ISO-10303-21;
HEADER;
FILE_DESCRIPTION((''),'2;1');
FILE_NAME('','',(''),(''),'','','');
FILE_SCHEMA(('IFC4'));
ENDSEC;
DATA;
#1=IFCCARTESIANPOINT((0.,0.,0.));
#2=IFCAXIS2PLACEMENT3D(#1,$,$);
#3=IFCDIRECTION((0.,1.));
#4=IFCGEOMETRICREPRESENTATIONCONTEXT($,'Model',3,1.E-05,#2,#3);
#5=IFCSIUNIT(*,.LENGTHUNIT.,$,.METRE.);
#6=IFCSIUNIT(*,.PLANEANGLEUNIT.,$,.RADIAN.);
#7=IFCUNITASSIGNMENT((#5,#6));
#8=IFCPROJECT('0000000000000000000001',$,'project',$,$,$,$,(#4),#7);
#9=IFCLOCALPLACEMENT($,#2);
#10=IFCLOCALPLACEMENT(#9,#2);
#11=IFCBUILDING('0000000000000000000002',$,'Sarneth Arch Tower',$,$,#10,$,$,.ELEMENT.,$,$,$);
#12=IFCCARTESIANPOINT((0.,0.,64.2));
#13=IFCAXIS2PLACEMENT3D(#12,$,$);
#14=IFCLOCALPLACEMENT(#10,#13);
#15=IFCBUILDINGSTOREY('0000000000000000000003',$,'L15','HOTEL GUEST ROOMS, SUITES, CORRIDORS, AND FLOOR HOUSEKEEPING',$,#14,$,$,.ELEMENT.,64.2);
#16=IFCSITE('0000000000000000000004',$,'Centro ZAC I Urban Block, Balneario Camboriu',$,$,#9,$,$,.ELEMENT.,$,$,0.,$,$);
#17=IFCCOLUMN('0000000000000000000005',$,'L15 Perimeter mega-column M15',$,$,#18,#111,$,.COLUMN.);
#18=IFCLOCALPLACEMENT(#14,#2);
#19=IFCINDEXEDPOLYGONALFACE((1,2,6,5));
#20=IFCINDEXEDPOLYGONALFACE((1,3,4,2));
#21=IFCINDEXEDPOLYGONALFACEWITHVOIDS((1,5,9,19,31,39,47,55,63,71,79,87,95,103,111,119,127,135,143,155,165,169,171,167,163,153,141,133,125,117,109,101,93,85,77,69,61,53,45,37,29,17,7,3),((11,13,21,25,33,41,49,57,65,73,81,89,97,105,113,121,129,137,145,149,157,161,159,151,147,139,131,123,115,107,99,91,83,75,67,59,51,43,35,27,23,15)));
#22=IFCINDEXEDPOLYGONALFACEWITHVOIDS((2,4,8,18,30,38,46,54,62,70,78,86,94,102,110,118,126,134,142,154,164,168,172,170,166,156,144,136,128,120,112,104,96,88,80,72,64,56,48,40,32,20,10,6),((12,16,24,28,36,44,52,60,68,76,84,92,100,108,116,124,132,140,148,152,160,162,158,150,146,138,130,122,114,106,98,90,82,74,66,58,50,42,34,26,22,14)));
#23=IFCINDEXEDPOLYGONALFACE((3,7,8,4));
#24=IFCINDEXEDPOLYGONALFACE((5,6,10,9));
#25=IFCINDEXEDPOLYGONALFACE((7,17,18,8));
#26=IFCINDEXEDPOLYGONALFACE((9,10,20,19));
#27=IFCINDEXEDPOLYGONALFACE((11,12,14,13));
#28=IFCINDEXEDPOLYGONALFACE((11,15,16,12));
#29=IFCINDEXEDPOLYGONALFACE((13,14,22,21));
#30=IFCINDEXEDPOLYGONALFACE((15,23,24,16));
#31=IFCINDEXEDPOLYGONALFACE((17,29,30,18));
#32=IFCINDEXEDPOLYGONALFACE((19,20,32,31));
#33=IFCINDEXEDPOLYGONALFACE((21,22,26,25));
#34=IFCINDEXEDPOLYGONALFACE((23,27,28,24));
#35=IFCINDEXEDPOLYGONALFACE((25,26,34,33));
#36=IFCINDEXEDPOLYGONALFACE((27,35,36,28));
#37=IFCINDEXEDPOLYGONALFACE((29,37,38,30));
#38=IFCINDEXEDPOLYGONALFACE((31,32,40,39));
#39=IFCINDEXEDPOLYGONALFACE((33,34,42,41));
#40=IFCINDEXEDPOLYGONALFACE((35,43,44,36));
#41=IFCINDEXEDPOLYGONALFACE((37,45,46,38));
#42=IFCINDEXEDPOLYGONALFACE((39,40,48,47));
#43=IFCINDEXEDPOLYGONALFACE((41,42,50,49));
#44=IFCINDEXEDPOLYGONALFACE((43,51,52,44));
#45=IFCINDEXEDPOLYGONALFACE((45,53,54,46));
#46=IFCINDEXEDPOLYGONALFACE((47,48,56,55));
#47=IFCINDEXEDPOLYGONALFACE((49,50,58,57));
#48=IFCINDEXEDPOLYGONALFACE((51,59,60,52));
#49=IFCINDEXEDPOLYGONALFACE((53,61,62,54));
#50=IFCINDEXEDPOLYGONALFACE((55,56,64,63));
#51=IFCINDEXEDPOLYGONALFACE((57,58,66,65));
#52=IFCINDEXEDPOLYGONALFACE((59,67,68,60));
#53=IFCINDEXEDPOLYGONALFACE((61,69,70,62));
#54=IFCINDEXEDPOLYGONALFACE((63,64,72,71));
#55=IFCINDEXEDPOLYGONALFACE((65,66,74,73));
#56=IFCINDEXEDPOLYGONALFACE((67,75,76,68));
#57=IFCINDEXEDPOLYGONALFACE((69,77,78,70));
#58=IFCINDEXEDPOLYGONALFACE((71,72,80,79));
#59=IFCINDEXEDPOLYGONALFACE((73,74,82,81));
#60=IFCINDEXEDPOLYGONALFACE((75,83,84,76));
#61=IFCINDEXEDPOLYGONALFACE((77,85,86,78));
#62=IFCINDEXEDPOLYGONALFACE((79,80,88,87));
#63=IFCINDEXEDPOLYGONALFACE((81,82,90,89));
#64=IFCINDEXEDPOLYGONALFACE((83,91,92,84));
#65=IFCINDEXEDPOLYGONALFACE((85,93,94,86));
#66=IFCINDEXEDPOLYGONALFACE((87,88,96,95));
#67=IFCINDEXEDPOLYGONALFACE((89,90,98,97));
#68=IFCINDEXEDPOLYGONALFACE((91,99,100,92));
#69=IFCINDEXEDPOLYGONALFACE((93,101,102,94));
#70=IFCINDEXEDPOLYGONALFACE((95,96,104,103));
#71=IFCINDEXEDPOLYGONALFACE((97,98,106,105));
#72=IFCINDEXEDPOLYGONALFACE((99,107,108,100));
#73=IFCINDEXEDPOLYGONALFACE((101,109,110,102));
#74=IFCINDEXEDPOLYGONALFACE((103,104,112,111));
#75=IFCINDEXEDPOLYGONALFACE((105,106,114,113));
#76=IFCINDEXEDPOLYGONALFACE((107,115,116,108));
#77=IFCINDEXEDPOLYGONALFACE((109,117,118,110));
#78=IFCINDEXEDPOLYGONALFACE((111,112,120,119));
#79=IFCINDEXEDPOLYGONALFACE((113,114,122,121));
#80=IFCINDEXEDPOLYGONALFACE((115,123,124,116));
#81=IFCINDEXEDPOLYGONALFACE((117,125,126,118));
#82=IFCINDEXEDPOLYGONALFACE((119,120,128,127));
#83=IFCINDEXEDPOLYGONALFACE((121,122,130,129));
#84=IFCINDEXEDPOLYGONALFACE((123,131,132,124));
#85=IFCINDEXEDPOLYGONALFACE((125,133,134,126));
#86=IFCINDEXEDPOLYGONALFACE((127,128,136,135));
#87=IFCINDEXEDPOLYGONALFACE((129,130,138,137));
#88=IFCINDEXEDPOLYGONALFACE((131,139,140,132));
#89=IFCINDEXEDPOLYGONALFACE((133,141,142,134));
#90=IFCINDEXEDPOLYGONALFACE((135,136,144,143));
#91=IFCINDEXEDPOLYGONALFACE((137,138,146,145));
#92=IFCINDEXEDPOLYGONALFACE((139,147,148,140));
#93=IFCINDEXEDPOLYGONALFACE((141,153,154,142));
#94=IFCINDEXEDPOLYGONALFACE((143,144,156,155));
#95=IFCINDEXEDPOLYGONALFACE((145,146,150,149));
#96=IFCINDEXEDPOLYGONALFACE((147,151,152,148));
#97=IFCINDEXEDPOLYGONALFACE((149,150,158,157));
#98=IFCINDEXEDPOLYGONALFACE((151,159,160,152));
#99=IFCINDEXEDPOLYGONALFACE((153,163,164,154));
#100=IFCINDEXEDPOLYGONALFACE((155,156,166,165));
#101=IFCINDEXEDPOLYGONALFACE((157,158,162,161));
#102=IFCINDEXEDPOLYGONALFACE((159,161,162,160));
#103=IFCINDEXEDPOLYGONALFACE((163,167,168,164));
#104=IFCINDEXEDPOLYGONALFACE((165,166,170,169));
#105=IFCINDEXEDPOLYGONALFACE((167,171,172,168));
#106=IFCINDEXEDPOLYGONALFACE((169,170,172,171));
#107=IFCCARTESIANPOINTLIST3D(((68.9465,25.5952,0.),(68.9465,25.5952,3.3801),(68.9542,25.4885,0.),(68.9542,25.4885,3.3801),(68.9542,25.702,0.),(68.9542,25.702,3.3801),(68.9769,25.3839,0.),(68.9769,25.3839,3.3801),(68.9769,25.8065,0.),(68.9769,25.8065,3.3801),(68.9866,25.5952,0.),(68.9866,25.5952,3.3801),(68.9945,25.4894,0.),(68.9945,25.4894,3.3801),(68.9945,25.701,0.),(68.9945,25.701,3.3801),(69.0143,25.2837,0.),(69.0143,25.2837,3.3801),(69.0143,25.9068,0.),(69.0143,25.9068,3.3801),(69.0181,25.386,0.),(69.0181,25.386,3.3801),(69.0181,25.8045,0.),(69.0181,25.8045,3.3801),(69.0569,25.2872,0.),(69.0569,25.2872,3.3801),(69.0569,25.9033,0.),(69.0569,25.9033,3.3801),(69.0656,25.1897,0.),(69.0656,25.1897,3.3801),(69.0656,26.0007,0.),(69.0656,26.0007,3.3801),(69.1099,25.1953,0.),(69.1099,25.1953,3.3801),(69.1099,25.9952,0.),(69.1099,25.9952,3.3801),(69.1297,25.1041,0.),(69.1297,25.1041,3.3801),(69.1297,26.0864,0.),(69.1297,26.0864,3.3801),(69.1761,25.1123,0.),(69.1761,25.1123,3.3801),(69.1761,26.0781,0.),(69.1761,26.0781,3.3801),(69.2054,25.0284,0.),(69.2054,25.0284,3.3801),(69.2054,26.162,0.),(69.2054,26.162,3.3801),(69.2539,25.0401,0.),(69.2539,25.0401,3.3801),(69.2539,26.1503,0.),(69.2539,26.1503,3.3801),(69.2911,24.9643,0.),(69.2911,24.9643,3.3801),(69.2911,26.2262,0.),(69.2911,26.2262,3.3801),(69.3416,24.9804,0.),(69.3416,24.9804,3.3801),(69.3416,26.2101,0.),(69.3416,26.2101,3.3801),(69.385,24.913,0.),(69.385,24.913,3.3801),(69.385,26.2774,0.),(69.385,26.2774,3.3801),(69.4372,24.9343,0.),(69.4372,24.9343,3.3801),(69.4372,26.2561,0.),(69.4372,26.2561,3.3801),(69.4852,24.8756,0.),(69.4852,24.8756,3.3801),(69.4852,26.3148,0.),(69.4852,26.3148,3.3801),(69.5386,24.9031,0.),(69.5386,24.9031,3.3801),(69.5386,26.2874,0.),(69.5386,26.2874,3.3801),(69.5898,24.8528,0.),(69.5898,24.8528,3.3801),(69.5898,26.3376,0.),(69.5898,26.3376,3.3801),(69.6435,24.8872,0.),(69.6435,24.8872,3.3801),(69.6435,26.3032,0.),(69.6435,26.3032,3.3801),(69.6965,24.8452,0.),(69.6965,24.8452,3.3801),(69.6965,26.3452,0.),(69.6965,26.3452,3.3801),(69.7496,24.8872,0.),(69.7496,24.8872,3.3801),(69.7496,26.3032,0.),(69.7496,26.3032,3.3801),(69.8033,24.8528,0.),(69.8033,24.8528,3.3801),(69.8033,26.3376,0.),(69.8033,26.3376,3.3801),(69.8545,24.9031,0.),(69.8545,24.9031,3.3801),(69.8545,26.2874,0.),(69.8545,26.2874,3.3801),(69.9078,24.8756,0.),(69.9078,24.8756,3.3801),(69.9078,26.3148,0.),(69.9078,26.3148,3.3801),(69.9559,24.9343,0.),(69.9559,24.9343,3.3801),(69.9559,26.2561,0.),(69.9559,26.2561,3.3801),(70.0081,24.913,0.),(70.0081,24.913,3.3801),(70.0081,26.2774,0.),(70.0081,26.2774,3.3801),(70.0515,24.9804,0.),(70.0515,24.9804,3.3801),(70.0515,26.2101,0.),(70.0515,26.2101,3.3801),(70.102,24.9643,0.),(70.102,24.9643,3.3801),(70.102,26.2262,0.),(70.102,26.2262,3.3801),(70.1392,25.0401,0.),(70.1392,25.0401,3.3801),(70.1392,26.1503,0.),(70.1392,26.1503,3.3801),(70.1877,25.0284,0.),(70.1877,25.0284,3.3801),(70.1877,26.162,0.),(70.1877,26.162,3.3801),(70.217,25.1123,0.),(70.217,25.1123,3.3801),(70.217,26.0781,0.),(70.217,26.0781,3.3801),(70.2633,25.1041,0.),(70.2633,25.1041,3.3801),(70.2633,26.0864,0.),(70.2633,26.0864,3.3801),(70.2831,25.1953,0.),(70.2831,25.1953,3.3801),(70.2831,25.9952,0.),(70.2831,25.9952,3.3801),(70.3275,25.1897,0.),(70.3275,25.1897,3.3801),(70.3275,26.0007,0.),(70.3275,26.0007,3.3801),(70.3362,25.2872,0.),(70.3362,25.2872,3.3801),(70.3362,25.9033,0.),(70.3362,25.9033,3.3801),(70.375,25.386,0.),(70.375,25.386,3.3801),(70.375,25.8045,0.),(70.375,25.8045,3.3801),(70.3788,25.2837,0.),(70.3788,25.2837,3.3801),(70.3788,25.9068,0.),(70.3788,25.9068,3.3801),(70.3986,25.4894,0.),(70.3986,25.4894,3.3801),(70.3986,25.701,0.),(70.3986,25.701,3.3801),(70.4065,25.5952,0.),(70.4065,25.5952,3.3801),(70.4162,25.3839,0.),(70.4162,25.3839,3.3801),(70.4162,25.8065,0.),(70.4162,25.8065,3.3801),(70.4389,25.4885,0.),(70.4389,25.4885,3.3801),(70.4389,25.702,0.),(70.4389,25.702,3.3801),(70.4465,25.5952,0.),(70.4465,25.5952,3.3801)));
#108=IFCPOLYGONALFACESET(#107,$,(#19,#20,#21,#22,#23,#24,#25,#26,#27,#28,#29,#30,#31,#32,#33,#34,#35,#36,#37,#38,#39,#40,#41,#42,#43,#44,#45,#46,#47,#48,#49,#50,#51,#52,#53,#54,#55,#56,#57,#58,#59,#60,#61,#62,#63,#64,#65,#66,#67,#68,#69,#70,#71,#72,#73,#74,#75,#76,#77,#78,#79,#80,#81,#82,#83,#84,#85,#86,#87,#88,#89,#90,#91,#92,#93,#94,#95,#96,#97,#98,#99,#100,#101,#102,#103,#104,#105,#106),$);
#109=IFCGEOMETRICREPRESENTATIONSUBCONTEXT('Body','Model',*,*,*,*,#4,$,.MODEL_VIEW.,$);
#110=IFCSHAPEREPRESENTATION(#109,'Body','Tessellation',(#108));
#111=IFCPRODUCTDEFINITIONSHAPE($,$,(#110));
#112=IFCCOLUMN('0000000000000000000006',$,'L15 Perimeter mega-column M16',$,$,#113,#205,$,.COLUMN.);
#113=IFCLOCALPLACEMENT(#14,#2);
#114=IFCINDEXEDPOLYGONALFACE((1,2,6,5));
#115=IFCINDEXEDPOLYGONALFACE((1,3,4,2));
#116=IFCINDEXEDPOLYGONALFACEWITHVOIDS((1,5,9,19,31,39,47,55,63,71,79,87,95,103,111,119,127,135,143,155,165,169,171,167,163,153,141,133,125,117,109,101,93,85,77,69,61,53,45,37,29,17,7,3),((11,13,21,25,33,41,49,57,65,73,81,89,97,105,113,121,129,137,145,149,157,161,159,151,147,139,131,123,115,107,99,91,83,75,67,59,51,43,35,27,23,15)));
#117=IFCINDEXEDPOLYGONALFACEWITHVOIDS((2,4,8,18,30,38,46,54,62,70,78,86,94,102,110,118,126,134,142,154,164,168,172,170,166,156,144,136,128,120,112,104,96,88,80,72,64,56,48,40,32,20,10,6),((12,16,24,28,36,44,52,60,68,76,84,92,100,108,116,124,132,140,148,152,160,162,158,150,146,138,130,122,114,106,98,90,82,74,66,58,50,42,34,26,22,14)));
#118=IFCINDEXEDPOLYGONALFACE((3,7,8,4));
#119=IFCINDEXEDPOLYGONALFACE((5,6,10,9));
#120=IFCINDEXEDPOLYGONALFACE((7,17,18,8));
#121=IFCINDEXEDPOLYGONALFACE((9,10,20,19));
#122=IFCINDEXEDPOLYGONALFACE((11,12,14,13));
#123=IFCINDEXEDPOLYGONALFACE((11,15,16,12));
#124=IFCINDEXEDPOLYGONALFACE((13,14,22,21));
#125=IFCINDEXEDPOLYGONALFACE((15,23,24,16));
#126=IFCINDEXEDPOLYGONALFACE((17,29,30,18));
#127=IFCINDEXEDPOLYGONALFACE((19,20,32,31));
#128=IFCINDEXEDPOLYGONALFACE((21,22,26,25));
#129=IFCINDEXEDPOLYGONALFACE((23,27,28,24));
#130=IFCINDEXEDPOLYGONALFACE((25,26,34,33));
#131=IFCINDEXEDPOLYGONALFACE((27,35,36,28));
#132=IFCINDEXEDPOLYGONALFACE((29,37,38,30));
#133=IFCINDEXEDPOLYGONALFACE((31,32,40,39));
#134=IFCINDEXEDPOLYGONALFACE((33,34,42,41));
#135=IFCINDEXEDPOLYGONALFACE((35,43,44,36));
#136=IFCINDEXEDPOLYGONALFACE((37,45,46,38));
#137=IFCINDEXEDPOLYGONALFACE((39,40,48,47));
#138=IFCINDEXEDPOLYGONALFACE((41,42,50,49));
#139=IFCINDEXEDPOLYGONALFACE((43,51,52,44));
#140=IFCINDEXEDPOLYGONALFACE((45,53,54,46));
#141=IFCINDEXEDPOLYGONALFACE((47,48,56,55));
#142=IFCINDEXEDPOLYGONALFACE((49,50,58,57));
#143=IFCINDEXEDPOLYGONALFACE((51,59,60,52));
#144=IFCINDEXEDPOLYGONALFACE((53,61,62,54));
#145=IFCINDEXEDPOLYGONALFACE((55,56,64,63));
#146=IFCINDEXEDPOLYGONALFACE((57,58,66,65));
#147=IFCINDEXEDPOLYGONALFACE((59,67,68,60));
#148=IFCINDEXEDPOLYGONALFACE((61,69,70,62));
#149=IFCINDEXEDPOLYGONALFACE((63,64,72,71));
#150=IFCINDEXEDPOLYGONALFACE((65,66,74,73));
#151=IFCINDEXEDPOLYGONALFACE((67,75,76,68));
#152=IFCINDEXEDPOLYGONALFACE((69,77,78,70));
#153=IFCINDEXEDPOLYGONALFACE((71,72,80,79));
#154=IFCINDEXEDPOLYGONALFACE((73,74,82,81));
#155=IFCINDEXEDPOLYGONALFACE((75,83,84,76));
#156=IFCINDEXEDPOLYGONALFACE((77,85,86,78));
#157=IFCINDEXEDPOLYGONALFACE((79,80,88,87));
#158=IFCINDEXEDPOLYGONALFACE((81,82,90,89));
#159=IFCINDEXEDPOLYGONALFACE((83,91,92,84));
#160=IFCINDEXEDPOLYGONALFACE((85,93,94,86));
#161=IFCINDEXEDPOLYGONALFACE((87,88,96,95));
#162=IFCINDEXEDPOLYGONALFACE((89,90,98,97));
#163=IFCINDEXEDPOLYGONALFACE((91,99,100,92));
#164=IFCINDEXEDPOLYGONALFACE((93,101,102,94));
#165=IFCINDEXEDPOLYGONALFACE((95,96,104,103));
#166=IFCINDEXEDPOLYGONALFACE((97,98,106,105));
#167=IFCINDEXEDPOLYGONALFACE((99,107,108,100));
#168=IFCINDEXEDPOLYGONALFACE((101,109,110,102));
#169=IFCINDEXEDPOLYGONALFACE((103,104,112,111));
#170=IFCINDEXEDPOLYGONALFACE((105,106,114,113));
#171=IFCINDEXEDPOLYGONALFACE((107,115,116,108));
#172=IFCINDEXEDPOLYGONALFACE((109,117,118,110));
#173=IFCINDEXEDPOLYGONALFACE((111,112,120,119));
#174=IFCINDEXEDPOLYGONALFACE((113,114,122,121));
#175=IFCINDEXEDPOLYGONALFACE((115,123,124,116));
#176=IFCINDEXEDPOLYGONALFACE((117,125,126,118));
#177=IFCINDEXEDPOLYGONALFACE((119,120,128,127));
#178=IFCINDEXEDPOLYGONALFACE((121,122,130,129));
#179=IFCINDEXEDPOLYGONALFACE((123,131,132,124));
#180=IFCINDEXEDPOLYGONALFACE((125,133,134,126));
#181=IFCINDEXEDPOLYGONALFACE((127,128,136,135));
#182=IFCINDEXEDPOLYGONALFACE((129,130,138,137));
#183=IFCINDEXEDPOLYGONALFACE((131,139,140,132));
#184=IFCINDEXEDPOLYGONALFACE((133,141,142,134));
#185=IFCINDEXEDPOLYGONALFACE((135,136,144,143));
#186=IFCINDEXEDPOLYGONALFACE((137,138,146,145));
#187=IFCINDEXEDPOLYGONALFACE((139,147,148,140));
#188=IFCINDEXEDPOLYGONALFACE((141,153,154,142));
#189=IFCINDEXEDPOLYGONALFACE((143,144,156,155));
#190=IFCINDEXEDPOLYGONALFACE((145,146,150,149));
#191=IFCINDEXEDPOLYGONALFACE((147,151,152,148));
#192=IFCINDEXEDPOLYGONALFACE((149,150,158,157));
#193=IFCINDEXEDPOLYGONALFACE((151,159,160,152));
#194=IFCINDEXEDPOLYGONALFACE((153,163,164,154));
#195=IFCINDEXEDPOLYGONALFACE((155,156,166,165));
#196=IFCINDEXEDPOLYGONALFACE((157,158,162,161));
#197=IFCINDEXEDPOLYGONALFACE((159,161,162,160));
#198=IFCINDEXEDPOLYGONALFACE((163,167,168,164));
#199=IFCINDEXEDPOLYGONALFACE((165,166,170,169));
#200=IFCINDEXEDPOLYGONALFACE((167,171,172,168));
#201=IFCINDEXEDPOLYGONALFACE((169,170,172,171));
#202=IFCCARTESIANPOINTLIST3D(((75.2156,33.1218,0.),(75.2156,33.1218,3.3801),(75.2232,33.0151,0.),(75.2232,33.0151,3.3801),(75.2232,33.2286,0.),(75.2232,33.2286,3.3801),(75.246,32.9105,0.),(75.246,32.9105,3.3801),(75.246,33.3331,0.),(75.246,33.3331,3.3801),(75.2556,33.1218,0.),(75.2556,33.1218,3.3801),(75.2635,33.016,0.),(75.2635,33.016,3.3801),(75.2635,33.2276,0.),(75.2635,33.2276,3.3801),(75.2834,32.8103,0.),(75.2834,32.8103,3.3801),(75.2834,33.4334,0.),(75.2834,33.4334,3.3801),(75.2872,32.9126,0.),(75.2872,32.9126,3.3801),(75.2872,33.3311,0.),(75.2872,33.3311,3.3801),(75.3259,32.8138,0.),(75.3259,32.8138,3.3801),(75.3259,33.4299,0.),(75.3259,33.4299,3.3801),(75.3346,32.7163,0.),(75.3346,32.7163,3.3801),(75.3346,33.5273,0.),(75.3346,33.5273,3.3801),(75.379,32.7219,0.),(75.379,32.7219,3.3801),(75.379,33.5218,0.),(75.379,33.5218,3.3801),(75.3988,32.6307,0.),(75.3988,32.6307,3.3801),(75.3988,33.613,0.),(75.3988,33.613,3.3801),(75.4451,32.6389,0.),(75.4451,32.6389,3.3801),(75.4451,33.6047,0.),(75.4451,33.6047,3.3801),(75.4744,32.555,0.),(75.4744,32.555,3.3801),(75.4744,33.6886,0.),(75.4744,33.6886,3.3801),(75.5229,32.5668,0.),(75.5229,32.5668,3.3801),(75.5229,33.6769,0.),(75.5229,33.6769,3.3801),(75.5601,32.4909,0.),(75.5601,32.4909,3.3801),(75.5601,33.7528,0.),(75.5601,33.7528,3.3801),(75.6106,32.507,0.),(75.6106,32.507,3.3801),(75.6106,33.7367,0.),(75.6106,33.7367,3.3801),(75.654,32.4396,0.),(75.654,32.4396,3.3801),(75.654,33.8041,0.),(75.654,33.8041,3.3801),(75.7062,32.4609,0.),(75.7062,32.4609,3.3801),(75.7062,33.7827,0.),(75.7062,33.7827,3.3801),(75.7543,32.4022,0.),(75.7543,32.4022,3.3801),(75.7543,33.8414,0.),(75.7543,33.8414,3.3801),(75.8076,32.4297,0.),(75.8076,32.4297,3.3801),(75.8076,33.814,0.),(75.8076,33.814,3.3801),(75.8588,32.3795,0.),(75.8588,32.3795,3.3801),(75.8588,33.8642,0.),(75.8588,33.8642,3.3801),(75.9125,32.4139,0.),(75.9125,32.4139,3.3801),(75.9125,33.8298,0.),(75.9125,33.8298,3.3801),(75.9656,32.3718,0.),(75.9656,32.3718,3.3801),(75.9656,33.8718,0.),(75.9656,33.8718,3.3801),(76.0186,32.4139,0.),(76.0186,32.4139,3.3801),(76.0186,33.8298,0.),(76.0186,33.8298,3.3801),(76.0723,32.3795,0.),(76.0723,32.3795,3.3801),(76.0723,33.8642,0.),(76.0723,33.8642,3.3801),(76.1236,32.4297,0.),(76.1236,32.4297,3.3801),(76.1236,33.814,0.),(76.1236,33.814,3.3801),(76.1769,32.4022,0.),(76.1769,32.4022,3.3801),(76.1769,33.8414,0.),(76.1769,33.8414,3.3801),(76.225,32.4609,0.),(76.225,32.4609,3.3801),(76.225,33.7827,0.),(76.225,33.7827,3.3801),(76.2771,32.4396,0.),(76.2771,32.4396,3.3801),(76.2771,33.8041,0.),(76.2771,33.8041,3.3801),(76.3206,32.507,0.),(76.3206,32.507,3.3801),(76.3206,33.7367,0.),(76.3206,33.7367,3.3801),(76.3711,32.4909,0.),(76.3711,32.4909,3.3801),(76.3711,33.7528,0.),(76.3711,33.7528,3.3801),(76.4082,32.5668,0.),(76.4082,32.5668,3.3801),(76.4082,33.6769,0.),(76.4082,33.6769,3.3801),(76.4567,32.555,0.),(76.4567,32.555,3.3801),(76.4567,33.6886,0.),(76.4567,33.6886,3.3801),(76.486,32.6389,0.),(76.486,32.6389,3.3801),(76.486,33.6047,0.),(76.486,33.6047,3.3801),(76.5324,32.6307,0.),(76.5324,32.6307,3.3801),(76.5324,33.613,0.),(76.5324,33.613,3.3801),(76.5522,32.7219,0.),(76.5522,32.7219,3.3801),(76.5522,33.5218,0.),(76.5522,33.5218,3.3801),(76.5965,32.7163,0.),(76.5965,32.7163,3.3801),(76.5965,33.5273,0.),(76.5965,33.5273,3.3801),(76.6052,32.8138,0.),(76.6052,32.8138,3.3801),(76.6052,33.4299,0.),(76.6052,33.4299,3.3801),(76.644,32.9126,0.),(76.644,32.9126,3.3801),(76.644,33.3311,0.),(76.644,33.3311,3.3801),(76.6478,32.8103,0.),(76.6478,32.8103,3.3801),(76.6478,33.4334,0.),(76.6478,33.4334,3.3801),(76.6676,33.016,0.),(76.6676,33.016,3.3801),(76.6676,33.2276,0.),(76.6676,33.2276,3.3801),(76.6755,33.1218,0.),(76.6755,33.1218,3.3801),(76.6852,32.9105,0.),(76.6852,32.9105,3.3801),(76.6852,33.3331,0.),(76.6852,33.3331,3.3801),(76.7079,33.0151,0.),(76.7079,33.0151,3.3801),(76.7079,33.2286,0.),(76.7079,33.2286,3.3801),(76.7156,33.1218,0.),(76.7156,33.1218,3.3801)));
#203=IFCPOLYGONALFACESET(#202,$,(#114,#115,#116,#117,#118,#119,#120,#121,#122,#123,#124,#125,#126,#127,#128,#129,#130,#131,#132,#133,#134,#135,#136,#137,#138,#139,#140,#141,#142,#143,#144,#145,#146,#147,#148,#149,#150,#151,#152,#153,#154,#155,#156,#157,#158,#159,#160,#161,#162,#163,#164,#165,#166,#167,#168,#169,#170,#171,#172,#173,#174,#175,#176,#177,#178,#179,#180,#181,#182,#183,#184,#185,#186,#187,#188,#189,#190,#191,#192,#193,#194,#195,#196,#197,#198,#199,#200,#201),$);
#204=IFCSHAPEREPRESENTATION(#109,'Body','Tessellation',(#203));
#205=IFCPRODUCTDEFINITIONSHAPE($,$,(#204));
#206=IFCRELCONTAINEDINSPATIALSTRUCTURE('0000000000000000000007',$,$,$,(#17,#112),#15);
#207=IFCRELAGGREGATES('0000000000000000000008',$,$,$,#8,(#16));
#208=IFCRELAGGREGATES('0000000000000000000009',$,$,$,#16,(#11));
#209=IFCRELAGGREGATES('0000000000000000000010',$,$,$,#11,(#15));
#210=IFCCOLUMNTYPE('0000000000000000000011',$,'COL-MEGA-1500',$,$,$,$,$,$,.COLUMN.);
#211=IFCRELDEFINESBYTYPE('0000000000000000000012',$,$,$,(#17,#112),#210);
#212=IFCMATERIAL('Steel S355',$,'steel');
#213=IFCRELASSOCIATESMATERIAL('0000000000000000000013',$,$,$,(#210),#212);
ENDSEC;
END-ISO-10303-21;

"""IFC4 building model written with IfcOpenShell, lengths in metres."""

from ifc_helpers import new_model, si_unit, direction, frame, origin, origin_2d, place, context, subcontext, project, spatial, hollow_circle, extrude, material, material_profile, profile_set, type_object, element, save


model = new_model("IFC4")

# Units and contexts
model_context = context("Model", 3, precision=1e-05, world=origin(), true_north=direction((0.0, 1.0)))
body_context = subcontext(model_context, "Body", "Model", "MODEL_VIEW")
ifc_project = project(units=[si_unit("LENGTHUNIT", "METRE"), si_unit("PLANEANGLEUNIT", "RADIAN")], contexts=[model_context])

# Site, building, storey
site_placement = place(None, origin())
site = spatial("IfcSite", under=ifc_project, at=site_placement, Name="Centro ZAC I Urban Block, Balneario Camboriu", CompositionType="ELEMENT", RefElevation=0.0)
building_placement = place(site_placement, origin())
building = spatial("IfcBuilding", under=site, at=building_placement, Name="Sarneth Arch Tower", CompositionType="ELEMENT")
storey_placement = place(building_placement, frame((0.0, 0.0, 64.2)))
storey = spatial("IfcBuildingStorey", under=building, at=storey_placement, Name="L15", Description="HOTEL GUEST ROOMS, SUITES, CORRIDORS, AND FLOOR HOUSEKEEPING", CompositionType="ELEMENT", Elevation=64.2)

# Columns
ifc_material_1 = material(Name="Steel S355", Category="steel")
ifc_material_profile_1 = material_profile(ifc_material_1, hollow_circle(Radius=0.75, WallThickness=0.04, at=origin_2d()), Name="CHS1500x40")
ifc_profile_set_1 = profile_set([ifc_material_profile_1], Name="Steel S355")
column_type = type_object("IfcColumnType", Name="COL-MEGA-1500", PredefinedType="COLUMN", material=ifc_profile_set_1)
for number, where, z_axis, x_axis, name in (
    (1, (69.6965, 25.5952, 0.0), (0.0, 0.0, 1.0), (1.0, 0.0, 0.0), "L15 Perimeter mega-column M15"),
    (2, (75.9656, 33.1218, 0.0), (0.0, 0.0, 1.0), (1.0, 0.0, 0.0), "L15 Perimeter mega-column M16"),
):
    element("IfcColumn", number, at=place(storey_placement, frame(where, z_axis=z_axis, x_axis=x_axis)), inside=storey, type_object=column_type, Name=name, PredefinedType="COLUMN", context=body_context, shape_type="SweptSolid", body=[
        extrude(hollow_circle(Radius=0.75, WallThickness=0.04, at=origin_2d()), origin(), (0.0, 0.0, 1.0), 3.3801),
    ])

save(model, "model.ifc")
